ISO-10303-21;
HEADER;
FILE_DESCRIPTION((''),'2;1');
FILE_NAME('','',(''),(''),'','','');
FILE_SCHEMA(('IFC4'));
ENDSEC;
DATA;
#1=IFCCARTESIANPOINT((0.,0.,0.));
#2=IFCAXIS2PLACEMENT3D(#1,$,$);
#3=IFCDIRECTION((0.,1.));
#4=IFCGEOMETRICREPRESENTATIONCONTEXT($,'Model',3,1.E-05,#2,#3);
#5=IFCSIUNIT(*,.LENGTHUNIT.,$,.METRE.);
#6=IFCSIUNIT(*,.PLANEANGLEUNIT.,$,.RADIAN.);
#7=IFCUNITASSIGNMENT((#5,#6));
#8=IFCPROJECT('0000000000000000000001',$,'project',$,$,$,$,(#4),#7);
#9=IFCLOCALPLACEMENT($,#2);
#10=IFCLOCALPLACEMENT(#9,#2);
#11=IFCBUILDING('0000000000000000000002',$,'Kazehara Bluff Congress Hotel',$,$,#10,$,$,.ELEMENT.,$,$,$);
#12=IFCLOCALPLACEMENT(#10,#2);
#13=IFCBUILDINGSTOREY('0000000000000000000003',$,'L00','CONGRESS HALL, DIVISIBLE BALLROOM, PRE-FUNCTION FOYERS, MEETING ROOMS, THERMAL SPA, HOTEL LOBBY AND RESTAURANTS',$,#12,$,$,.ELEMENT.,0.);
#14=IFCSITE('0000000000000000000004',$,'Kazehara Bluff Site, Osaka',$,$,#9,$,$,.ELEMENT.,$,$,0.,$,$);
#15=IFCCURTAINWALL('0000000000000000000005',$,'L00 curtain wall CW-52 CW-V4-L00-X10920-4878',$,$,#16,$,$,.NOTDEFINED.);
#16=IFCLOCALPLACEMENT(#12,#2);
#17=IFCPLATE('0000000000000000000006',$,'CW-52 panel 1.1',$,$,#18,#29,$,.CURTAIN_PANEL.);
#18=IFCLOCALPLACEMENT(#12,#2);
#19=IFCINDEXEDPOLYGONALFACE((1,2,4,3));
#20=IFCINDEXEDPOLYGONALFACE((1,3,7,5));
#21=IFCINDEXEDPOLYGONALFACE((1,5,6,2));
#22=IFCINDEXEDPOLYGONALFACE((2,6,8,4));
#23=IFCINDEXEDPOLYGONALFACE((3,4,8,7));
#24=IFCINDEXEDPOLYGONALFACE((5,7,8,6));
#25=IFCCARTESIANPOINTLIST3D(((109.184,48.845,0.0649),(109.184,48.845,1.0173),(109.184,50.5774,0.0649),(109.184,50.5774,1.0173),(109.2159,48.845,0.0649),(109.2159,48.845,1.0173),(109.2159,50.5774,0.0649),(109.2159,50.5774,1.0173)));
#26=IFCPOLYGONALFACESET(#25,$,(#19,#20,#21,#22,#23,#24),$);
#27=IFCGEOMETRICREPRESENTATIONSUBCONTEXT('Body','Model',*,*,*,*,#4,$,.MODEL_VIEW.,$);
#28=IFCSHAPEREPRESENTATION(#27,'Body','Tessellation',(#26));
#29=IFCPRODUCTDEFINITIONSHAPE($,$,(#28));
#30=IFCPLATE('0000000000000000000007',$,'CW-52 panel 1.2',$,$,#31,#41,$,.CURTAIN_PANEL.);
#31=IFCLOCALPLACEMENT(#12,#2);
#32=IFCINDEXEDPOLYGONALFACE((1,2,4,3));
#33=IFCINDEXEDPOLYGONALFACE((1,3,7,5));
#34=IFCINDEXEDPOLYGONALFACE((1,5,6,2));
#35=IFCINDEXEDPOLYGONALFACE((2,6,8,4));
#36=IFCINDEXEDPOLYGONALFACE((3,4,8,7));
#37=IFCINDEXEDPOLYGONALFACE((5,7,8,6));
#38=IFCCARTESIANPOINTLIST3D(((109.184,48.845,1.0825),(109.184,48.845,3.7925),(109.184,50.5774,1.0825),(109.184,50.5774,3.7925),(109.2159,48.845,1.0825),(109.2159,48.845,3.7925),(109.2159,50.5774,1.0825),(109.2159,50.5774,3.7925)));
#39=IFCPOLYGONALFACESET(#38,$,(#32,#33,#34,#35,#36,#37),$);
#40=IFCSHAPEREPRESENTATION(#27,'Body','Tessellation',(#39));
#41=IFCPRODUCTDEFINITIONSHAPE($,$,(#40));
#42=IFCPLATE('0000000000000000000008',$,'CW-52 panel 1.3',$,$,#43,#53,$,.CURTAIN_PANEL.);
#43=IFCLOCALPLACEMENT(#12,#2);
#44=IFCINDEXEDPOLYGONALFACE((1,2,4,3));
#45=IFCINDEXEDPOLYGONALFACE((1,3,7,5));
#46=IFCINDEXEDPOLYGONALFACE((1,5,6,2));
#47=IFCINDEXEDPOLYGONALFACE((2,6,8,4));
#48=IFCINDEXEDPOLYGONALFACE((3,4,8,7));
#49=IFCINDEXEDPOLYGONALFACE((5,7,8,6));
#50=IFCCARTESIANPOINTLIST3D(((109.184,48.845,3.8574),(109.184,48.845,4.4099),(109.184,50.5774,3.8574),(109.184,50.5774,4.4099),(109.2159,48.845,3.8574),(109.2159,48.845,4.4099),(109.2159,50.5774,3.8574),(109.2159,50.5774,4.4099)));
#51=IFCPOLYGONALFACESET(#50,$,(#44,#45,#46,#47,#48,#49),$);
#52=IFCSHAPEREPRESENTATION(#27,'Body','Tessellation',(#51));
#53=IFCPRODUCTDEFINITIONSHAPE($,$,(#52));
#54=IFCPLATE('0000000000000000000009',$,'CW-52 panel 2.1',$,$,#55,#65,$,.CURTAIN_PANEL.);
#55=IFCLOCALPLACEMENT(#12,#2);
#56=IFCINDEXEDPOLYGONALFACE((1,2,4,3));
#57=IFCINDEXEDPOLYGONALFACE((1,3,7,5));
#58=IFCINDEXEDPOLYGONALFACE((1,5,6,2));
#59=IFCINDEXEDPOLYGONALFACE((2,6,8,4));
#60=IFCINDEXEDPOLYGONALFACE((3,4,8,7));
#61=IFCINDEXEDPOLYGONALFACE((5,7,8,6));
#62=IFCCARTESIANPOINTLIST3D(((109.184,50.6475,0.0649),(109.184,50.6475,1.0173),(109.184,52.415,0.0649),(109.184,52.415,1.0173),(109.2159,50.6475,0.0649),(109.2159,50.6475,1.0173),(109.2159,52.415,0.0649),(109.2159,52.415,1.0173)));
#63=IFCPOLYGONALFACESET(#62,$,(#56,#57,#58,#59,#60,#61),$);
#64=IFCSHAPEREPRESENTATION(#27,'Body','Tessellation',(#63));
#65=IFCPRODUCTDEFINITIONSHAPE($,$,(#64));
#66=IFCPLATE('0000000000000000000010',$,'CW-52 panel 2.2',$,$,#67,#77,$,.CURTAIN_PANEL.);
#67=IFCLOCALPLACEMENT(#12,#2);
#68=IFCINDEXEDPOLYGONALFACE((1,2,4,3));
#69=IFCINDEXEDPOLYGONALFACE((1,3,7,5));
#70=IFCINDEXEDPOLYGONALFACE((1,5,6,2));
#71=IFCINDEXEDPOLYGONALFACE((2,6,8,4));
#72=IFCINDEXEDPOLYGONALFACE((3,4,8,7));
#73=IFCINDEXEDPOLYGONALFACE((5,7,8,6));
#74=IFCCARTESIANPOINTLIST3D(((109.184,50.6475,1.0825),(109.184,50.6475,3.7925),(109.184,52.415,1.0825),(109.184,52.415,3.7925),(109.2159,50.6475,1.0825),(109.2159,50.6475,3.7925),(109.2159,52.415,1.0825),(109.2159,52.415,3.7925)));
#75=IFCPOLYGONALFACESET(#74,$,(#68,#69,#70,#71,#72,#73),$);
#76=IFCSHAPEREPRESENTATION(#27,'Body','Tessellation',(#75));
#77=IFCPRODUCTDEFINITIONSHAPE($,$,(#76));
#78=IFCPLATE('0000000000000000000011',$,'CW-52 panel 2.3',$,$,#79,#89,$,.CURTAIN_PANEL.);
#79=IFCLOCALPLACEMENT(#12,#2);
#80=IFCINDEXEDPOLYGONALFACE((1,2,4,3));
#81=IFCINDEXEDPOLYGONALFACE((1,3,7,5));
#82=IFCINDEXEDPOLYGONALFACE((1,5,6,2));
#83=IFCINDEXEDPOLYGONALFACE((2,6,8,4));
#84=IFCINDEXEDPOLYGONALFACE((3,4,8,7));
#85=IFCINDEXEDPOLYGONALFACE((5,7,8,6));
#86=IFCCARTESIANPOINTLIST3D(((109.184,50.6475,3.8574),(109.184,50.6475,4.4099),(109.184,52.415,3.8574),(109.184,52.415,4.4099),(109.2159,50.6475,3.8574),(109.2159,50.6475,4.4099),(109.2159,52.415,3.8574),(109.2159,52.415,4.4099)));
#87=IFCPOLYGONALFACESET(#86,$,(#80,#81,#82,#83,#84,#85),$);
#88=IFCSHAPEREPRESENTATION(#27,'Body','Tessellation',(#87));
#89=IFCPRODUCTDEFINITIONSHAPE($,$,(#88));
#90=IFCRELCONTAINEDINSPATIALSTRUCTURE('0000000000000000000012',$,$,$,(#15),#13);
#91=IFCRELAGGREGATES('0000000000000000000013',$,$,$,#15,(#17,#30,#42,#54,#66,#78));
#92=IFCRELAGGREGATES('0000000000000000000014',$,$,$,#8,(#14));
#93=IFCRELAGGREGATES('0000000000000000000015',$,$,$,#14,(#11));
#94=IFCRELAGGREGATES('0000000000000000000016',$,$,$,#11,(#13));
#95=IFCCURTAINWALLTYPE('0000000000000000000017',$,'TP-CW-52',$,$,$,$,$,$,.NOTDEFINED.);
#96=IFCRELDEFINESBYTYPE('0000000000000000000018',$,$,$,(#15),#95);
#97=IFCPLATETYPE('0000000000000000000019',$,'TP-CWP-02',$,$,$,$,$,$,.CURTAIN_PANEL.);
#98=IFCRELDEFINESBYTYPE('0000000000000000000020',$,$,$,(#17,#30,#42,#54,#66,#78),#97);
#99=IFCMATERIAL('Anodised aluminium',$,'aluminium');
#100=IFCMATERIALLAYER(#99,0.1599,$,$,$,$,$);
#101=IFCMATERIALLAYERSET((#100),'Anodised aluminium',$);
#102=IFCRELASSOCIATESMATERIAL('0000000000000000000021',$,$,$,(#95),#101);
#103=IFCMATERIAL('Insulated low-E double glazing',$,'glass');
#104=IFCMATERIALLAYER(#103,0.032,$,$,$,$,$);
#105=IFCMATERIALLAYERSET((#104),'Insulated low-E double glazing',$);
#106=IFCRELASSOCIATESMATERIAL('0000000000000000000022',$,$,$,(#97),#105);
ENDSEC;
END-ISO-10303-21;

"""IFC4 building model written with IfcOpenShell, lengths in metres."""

from ifc_helpers import new_model, si_unit, direction, frame, origin, origin_2d, place, context, subcontext, project, spatial, rectangle, extrude, material, layer, layer_set, type_object, element, aggregate, save


model = new_model("IFC4")

# Units and contexts
model_context = context("Model", 3, precision=1e-05, world=origin(), true_north=direction((0.0, 1.0)))
body_context = subcontext(model_context, "Body", "Model", "MODEL_VIEW")
ifc_project = project(units=[si_unit("LENGTHUNIT", "METRE"), si_unit("PLANEANGLEUNIT", "RADIAN")], contexts=[model_context])

# Site, building, storey
site_placement = place(None, origin())
site = spatial("IfcSite", under=ifc_project, at=site_placement, Name="Kazehara Bluff Site, Osaka", CompositionType="ELEMENT", RefElevation=0.0)
building_placement = place(site_placement, origin())
building = spatial("IfcBuilding", under=site, at=building_placement, Name="Kazehara Bluff Congress Hotel", CompositionType="ELEMENT")
storey_placement = place(building_placement, origin())
storey = spatial("IfcBuildingStorey", under=building, at=storey_placement, Name="L00", Description="CONGRESS HALL, DIVISIBLE BALLROOM, PRE-FUNCTION FOYERS, MEETING ROOMS, THERMAL SPA, HOTEL LOBBY AND RESTAURANTS", CompositionType="ELEMENT", Elevation=0.0)

# Curtain wall
ifc_material_1 = material(Name="Anodised aluminium", Category="aluminium")
ifc_layer_1 = layer(ifc_material_1, 0.1599)
ifc_layer_set_1 = layer_set([ifc_layer_1], Name="Anodised aluminium")
curtain_wall_type_1 = type_object("IfcCurtainWallType", Name="TP-CW-52", PredefinedType="NOTDEFINED", material=ifc_layer_set_1)
curtain_wall_1_placement = place(storey_placement, origin())
curtain_wall_1 = element("IfcCurtainWall", 1, at=curtain_wall_1_placement, inside=storey, type_object=curtain_wall_type_1, Name="L00 curtain wall CW-52 CW-V4-L00-X10920-4878", PredefinedType="NOTDEFINED")

# Plates
ifc_material_2 = material(Name="Insulated low-E double glazing", Category="glass")
ifc_layer_2 = layer(ifc_material_2, 0.032)
ifc_layer_set_2 = layer_set([ifc_layer_2], Name="Insulated low-E double glazing")
plate_type = type_object("IfcPlateType", Name="TP-CWP-02", PredefinedType="CURTAIN_PANEL", material=ifc_layer_set_2)
plate_1_placement = place(storey_placement, frame((109.2, 49.7112, 0.0649), z_axis=(0.0, 0.0, 1.0), x_axis=(0.0, 1.0, 0.0)))
plate_1 = element("IfcPlate", 2, at=plate_1_placement, type_object=plate_type, Name="CW-52 panel 1.1", PredefinedType="CURTAIN_PANEL", context=body_context, shape_type="SweptSolid", body=[
    extrude(rectangle(XDim=1.7324, YDim=0.032, at=origin_2d()), origin(), (0.0, 0.0, 1.0), 0.9524),
])
plate_2_placement = place(storey_placement, frame((109.2, 49.7112, 1.0825), z_axis=(0.0, 0.0, 1.0), x_axis=(0.0, 1.0, 0.0)))
plate_2 = element("IfcPlate", 3, at=plate_2_placement, type_object=plate_type, Name="CW-52 panel 1.2", PredefinedType="CURTAIN_PANEL", context=body_context, shape_type="SweptSolid", body=[
    extrude(rectangle(XDim=1.7324, YDim=0.032, at=origin_2d()), origin(), (0.0, 0.0, 1.0), 2.71),
])
plate_3_placement = place(storey_placement, frame((109.2, 49.7112, 3.8574), z_axis=(0.0, 0.0, 1.0), x_axis=(0.0, 1.0, 0.0)))
plate_3 = element("IfcPlate", 4, at=plate_3_placement, type_object=plate_type, Name="CW-52 panel 1.3", PredefinedType="CURTAIN_PANEL", context=body_context, shape_type="SweptSolid", body=[
    extrude(rectangle(XDim=1.7324, YDim=0.032, at=origin_2d()), origin(), (0.0, 0.0, 1.0), 0.5525),
])
plate_4_placement = place(storey_placement, frame((109.2, 51.5312, 0.0649), z_axis=(0.0, 0.0, 1.0), x_axis=(0.0, 1.0, 0.0)))
plate_4 = element("IfcPlate", 5, at=plate_4_placement, type_object=plate_type, Name="CW-52 panel 2.1", PredefinedType="CURTAIN_PANEL", context=body_context, shape_type="SweptSolid", body=[
    extrude(rectangle(XDim=1.7676, YDim=0.032, at=origin_2d()), origin(), (0.0, 0.0, 1.0), 0.9524),
])
plate_5_placement = place(storey_placement, frame((109.2, 51.5312, 1.0825), z_axis=(0.0, 0.0, 1.0), x_axis=(0.0, 1.0, 0.0)))
plate_5 = element("IfcPlate", 6, at=plate_5_placement, type_object=plate_type, Name="CW-52 panel 2.2", PredefinedType="CURTAIN_PANEL", context=body_context, shape_type="SweptSolid", body=[
    extrude(rectangle(XDim=1.7676, YDim=0.032, at=origin_2d()), origin(), (0.0, 0.0, 1.0), 2.71),
])
plate_6_placement = place(storey_placement, frame((109.2, 51.5312, 3.8574), z_axis=(0.0, 0.0, 1.0), x_axis=(0.0, 1.0, 0.0)))
plate_6 = element("IfcPlate", 7, at=plate_6_placement, type_object=plate_type, Name="CW-52 panel 2.3", PredefinedType="CURTAIN_PANEL", context=body_context, shape_type="SweptSolid", body=[
    extrude(rectangle(XDim=1.7676, YDim=0.032, at=origin_2d()), origin(), (0.0, 0.0, 1.0), 0.5525),
])
aggregate(curtain_wall_1, [plate_1, plate_2, plate_3, plate_4, plate_5, plate_6])

save(model, "model.ifc")
